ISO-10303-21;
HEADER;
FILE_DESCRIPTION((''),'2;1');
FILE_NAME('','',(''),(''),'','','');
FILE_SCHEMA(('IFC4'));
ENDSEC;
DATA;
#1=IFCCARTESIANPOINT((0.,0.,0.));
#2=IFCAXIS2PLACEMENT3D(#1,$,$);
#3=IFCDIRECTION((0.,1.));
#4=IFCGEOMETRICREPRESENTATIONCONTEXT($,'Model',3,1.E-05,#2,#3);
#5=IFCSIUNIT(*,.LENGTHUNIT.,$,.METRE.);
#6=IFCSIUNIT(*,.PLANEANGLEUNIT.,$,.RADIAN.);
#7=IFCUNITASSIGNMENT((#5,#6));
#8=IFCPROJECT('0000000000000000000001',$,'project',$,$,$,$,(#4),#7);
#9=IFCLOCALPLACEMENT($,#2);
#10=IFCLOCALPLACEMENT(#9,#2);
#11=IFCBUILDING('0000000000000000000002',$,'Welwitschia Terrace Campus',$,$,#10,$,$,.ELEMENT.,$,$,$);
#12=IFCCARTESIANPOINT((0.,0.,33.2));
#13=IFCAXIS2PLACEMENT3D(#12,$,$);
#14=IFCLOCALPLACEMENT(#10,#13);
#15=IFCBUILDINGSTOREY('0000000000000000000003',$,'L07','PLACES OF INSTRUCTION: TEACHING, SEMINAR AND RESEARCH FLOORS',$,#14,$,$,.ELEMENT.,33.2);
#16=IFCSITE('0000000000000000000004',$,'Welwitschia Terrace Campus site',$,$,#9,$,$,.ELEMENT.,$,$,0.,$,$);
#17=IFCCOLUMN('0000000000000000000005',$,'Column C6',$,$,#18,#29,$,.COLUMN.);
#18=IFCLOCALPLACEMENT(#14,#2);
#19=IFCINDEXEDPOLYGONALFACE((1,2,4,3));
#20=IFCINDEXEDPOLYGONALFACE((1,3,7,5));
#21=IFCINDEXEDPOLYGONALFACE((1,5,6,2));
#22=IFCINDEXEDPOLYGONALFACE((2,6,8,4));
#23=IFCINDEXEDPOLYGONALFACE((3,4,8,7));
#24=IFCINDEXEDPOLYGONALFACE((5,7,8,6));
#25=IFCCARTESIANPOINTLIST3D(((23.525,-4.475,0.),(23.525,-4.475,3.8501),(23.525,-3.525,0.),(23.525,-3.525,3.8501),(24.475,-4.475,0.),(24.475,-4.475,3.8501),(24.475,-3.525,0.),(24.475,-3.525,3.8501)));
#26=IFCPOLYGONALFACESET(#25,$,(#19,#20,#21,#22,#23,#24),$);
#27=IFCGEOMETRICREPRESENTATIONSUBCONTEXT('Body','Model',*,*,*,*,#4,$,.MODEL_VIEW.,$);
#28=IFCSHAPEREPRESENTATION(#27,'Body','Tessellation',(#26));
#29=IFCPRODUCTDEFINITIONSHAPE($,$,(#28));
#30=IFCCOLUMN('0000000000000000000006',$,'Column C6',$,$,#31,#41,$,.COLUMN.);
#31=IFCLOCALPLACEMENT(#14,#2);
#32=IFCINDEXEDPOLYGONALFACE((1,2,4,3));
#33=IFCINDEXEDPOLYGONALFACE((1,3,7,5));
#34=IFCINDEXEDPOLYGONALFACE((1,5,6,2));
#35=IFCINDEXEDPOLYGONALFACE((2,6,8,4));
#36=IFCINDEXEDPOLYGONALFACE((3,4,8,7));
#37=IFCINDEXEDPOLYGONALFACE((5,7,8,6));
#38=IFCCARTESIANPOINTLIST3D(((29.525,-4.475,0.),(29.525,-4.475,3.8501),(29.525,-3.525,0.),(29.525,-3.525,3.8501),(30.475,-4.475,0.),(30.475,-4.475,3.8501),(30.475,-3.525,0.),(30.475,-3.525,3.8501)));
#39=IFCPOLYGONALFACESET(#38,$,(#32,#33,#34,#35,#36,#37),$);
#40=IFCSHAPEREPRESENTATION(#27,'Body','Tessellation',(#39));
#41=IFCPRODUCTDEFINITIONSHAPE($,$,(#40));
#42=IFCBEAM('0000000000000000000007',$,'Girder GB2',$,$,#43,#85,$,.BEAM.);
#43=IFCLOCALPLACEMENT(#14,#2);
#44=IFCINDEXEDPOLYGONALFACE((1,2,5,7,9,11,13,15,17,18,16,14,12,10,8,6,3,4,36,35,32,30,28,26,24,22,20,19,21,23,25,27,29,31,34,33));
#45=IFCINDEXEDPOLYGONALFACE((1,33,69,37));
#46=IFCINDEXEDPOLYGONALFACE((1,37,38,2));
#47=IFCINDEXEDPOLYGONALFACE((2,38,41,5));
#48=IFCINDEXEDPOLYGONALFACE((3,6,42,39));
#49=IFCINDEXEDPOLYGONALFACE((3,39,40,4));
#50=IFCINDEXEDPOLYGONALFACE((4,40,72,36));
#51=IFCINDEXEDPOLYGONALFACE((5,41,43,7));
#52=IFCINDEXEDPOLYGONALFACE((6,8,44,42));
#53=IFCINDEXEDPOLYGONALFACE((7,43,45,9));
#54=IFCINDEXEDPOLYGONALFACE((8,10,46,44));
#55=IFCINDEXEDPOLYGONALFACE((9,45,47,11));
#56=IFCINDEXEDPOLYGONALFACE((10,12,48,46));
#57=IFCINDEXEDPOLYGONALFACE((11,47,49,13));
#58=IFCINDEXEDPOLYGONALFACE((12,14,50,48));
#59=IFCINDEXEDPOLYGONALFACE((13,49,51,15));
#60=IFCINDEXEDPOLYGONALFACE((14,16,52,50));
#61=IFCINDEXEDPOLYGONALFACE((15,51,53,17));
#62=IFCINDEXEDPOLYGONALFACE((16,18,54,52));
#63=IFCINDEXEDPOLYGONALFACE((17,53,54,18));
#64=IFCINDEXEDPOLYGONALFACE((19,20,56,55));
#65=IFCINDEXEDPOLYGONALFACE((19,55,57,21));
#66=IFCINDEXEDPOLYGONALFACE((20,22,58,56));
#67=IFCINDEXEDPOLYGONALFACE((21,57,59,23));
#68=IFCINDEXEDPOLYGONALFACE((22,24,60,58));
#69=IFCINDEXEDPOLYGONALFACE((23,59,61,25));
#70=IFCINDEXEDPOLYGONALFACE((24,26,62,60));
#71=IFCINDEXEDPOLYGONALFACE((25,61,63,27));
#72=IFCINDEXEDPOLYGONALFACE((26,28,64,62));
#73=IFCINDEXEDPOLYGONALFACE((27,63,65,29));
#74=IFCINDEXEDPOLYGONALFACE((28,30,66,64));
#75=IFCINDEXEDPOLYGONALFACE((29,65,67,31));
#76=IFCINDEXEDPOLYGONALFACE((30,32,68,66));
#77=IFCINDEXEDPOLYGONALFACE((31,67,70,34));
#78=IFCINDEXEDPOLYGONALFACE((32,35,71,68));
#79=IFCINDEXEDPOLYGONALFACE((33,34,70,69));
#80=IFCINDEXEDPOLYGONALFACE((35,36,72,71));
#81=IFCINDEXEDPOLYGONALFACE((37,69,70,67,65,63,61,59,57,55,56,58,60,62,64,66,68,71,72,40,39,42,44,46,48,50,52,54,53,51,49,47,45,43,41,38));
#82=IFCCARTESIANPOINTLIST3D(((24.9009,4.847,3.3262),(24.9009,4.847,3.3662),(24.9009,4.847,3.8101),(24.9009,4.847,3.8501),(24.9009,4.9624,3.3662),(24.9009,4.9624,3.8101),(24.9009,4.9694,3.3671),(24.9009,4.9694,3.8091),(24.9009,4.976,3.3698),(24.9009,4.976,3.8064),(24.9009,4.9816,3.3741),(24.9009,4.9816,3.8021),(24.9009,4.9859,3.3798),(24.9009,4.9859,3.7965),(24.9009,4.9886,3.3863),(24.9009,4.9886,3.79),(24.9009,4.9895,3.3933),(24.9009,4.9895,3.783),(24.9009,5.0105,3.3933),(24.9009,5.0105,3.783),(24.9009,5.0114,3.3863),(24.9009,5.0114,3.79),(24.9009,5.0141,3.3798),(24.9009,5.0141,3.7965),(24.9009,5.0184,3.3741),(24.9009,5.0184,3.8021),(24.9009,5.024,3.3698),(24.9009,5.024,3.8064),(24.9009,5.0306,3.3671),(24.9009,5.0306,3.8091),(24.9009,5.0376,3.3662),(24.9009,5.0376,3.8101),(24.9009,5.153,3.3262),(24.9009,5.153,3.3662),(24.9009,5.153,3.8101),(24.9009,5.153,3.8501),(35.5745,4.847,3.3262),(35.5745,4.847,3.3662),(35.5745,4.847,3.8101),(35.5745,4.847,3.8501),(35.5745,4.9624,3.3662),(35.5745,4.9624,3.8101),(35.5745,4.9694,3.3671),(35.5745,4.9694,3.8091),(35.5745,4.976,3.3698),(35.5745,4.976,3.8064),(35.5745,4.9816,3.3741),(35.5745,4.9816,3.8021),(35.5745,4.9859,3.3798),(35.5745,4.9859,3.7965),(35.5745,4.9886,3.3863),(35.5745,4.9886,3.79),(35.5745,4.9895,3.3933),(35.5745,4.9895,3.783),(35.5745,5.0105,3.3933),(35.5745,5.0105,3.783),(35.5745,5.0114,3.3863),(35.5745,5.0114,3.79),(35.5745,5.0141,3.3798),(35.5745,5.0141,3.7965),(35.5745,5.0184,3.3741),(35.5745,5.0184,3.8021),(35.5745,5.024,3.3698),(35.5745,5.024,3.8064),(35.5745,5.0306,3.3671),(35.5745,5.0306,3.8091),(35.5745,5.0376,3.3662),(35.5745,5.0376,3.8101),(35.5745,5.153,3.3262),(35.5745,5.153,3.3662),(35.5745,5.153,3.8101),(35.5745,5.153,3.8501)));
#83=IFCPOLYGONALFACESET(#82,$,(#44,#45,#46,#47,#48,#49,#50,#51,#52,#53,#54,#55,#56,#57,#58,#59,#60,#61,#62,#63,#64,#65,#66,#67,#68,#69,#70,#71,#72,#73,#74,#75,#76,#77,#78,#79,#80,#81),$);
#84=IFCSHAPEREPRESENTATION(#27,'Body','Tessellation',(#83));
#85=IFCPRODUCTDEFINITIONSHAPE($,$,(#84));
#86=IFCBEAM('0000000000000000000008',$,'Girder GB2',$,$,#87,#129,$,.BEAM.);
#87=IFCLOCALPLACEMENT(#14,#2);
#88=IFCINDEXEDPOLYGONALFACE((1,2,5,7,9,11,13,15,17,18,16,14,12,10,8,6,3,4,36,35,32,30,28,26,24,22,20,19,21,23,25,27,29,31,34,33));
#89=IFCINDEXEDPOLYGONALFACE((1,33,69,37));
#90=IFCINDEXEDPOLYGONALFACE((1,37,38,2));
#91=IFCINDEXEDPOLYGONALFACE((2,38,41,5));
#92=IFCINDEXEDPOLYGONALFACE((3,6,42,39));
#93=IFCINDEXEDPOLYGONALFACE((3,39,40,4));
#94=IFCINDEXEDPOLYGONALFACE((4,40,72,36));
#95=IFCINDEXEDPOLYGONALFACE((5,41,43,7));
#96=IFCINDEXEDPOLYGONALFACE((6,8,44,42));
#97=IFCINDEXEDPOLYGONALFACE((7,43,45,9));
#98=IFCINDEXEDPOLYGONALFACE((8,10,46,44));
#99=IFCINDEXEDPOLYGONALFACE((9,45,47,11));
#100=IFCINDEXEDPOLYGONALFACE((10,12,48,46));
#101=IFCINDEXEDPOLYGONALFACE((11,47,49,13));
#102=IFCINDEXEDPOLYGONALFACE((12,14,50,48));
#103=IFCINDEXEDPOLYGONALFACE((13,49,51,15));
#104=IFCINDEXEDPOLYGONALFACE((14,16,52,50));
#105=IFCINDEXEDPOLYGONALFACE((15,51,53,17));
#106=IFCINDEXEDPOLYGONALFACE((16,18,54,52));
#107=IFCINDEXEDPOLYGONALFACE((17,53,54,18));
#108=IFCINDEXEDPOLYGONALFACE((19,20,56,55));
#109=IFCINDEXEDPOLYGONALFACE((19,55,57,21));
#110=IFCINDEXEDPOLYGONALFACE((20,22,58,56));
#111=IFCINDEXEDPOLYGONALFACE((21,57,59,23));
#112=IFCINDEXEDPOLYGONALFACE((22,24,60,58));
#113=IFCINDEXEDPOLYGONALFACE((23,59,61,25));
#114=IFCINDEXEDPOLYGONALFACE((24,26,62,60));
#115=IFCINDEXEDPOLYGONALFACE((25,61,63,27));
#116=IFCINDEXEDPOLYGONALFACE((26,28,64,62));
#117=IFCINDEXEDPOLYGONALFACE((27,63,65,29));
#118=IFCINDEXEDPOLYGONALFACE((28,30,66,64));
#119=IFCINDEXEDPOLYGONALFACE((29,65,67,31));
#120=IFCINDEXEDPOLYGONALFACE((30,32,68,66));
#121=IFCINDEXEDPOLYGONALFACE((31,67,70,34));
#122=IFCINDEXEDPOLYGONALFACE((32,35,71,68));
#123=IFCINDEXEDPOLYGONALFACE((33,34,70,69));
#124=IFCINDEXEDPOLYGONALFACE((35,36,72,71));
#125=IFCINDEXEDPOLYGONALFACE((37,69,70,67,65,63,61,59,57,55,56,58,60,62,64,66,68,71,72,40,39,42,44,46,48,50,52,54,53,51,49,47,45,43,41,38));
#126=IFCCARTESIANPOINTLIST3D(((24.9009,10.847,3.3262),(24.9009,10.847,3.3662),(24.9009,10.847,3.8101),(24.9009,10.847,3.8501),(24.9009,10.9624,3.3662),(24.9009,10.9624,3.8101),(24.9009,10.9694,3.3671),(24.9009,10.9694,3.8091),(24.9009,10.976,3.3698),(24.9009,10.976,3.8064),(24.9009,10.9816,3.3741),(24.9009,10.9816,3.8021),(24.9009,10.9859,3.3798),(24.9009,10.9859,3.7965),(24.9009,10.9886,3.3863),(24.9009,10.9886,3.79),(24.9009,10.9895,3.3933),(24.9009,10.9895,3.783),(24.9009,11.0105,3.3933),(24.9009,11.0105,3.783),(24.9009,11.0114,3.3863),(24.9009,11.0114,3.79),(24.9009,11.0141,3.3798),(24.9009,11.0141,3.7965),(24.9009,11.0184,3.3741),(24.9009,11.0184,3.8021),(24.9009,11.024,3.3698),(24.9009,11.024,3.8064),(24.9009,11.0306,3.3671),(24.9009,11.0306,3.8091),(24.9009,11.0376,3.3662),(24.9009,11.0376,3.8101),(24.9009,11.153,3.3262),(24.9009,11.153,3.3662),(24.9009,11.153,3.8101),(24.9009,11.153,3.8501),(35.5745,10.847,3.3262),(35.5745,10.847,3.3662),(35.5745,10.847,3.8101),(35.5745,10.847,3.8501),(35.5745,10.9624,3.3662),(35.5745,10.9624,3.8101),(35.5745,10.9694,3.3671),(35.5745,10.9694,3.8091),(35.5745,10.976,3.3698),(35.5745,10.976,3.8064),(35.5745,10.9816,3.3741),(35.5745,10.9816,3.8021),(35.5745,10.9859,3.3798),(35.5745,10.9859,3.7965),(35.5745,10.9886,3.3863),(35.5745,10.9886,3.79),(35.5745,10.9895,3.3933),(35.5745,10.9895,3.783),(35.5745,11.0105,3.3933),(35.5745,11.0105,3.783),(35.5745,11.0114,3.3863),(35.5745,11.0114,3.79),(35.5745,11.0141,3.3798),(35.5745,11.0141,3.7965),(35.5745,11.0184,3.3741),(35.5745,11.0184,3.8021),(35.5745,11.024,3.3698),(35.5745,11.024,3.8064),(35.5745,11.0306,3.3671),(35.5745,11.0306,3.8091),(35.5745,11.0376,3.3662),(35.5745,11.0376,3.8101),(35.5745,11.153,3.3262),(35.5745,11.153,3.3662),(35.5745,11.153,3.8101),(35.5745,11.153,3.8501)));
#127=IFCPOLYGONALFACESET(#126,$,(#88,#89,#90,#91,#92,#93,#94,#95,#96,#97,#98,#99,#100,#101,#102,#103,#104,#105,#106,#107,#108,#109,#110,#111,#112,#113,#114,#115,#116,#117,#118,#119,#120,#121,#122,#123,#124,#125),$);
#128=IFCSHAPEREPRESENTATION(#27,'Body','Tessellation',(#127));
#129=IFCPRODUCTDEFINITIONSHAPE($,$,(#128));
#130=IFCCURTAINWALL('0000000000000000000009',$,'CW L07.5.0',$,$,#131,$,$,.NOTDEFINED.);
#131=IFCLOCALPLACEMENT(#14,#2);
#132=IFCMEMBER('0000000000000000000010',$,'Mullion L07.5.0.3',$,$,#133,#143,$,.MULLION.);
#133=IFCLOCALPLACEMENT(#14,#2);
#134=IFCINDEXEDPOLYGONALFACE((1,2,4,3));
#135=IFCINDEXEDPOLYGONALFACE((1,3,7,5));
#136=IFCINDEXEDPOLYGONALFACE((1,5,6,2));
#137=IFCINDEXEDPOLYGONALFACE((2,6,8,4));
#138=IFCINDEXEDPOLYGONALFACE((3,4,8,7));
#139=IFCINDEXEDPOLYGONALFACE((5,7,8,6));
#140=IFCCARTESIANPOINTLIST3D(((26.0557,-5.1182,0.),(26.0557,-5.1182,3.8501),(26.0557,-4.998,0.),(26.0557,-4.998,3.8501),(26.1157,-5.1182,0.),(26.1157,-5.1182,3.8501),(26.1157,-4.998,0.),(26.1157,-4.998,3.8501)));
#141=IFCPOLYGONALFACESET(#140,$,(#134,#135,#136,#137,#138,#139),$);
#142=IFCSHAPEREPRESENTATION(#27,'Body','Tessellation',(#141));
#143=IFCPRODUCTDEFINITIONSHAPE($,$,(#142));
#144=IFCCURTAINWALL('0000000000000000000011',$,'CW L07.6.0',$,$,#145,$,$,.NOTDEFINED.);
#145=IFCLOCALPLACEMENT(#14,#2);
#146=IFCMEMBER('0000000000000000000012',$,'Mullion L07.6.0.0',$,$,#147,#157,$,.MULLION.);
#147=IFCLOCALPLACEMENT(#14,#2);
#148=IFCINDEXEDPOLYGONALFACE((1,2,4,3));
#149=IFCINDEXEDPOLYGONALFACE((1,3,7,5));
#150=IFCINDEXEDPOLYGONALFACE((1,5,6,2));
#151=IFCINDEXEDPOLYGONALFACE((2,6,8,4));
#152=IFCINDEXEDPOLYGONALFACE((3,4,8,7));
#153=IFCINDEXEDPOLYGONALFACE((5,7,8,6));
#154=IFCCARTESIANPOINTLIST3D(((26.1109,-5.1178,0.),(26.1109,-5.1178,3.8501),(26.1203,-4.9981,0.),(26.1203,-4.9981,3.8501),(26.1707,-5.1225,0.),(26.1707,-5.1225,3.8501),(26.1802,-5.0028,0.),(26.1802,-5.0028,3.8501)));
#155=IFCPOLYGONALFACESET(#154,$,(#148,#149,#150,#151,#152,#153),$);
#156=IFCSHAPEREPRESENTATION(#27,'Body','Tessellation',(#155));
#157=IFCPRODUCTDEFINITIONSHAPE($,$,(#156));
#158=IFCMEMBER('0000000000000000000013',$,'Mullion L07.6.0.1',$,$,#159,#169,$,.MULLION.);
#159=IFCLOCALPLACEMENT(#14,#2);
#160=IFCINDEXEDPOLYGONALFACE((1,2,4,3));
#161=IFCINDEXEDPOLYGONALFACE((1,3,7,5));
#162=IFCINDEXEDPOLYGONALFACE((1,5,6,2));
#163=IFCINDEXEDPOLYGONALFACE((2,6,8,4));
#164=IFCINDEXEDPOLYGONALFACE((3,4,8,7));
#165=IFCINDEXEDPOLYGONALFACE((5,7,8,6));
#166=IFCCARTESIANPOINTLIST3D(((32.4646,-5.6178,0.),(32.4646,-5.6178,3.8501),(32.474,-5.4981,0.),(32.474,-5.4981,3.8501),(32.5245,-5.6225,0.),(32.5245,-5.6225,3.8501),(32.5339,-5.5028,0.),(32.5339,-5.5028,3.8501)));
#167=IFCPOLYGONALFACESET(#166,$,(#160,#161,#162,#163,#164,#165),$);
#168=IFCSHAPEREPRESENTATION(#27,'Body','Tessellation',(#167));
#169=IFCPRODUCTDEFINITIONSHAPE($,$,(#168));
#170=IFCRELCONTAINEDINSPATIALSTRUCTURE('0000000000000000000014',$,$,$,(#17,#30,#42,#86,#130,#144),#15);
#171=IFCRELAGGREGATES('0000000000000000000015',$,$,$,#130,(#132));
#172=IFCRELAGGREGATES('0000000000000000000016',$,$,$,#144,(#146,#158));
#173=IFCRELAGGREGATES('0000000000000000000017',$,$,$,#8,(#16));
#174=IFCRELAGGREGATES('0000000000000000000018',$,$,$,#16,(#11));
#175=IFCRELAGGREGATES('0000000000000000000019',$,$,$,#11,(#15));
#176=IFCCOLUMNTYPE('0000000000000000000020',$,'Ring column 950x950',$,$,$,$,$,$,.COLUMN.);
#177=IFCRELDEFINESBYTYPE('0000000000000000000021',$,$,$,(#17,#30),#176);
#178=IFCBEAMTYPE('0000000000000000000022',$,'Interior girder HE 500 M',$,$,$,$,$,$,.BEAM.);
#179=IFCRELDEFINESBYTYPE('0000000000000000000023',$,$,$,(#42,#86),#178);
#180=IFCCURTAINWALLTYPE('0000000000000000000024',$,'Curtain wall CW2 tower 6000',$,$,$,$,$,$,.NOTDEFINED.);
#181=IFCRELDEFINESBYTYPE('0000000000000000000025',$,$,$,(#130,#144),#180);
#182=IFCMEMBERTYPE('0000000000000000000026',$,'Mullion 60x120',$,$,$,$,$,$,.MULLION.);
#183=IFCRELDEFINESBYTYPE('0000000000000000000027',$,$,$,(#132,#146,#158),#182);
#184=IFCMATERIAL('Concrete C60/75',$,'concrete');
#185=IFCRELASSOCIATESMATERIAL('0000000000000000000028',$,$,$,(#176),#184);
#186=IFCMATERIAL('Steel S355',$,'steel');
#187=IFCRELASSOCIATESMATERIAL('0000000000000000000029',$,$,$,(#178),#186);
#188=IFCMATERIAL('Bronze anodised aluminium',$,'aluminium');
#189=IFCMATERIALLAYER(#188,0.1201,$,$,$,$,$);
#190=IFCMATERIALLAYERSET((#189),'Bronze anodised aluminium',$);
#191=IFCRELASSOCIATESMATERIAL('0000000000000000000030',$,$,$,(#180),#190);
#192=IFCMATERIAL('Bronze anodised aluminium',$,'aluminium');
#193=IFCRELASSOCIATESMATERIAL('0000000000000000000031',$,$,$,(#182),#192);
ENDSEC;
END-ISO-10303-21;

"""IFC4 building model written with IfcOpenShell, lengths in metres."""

from ifc_helpers import new_model, si_unit, direction, frame, origin, origin_2d, place, context, subcontext, project, spatial, rectangle, i_section, extrude, material, layer, layer_set, material_profile, profile_set, type_object, element, aggregate, save


model = new_model("IFC4")

# Units and contexts
model_context = context("Model", 3, precision=1e-05, world=origin(), true_north=direction((0.0, 1.0)))
body_context = subcontext(model_context, "Body", "Model", "MODEL_VIEW")
ifc_project = project(units=[si_unit("LENGTHUNIT", "METRE"), si_unit("PLANEANGLEUNIT", "RADIAN")], contexts=[model_context])

# Site, building, storey
site_placement = place(None, origin())
site = spatial("IfcSite", under=ifc_project, at=site_placement, Name="Welwitschia Terrace Campus site", CompositionType="ELEMENT", RefElevation=0.0)
building_placement = place(site_placement, origin())
building = spatial("IfcBuilding", under=site, at=building_placement, Name="Welwitschia Terrace Campus", CompositionType="ELEMENT")
storey_placement = place(building_placement, frame((0.0, 0.0, 33.2)))
storey = spatial("IfcBuildingStorey", under=building, at=storey_placement, Name="L07", Description="PLACES OF INSTRUCTION: TEACHING, SEMINAR AND RESEARCH FLOORS", CompositionType="ELEMENT", Elevation=33.2)

# Columns
ifc_material_1 = material(Name="Concrete C60/75", Category="concrete")
ifc_material_profile_1 = material_profile(ifc_material_1, rectangle(XDim=0.95, YDim=0.95, at=origin_2d()))
ifc_profile_set_1 = profile_set([ifc_material_profile_1], Name="Concrete C60/75")
column_type = type_object("IfcColumnType", Name="Ring column 950x950", PredefinedType="COLUMN", material=ifc_profile_set_1)
for number, where, z_axis, x_axis, name in (
    (1, (24.0, -4.0, 0.0), (0.0, 0.0, 1.0), (1.0, 0.0, 0.0), "Column C6"),
    (2, (30.0, -4.0, 0.0), (0.0, 0.0, 1.0), (1.0, 0.0, 0.0), "Column C6"),
):
    element("IfcColumn", number, at=place(storey_placement, frame(where, z_axis=z_axis, x_axis=x_axis)), inside=storey, type_object=column_type, Name=name, PredefinedType="COLUMN", context=body_context, shape_type="SweptSolid", body=[
        extrude(rectangle(XDim=0.95, YDim=0.95, at=origin_2d()), origin(), (0.0, 0.0, 1.0), 3.8501),
    ])

# Beams
ifc_material_2 = material(Name="Steel S355", Category="steel")
ifc_material_profile_2 = material_profile(ifc_material_2, i_section(OverallWidth=0.3059, OverallDepth=0.5239, WebThickness=0.021, FlangeThickness=0.04, FilletRadius=0.0271, at=origin_2d()))
ifc_profile_set_2 = profile_set([ifc_material_profile_2], Name="Steel S355")
beam_type_1 = type_object("IfcBeamType", Name="Interior girder HE 500 M", PredefinedType="BEAM", material=ifc_profile_set_2)
for number, where, z_axis, x_axis, name in (
    (3, (24.9009, 5.0, 3.5881), (1.0, 0.0, 0.0), (0.0, 1.0, 0.0), "Girder GB2"),
    (4, (24.9009, 11.0, 3.5881), (1.0, 0.0, 0.0), (0.0, 1.0, 0.0), "Girder GB2"),
):
    element("IfcBeam", number, at=place(storey_placement, frame(where, z_axis=z_axis, x_axis=x_axis)), inside=storey, type_object=beam_type_1, Name=name, PredefinedType="BEAM", context=body_context, shape_type="SweptSolid", body=[
        extrude(i_section(OverallWidth=0.3059, OverallDepth=0.5239, WebThickness=0.021, FlangeThickness=0.04, FilletRadius=0.0271, at=origin_2d()), origin(), (0.0, 0.0, 1.0), 10.6736),
    ])

# Curtain wall, member
ifc_material_3 = material(Name="Bronze anodised aluminium", Category="aluminium")
ifc_layer_1 = layer(ifc_material_3, 0.1201)
ifc_layer_set_1 = layer_set([ifc_layer_1], Name="Bronze anodised aluminium")
curtain_wall_type = type_object("IfcCurtainWallType", Name="Curtain wall CW2 tower 6000", PredefinedType="NOTDEFINED", material=ifc_layer_set_1)
curtain_wall_1_placement = place(storey_placement, origin())
curtain_wall_1 = element("IfcCurtainWall", 5, at=curtain_wall_1_placement, inside=storey, type_object=curtain_wall_type, Name="CW L07.5.0", PredefinedType="NOTDEFINED")
ifc_material_4 = material(Name="Bronze anodised aluminium", Category="aluminium")
ifc_material_profile_3 = material_profile(ifc_material_4, rectangle(XDim=0.1201, YDim=0.0601, at=origin_2d()))
ifc_profile_set_3 = profile_set([ifc_material_profile_3], Name="Bronze anodised aluminium")
member_type_1 = type_object("IfcMemberType", Name="Mullion 60x120", PredefinedType="MULLION", material=ifc_profile_set_3)
member_1_placement = place(storey_placement, frame((26.0857, -5.0581, 0.0), z_axis=(0.0, 0.0, 1.0), x_axis=(0.0, 1.0, 0.0)))
member_1 = element("IfcMember", 6, at=member_1_placement, type_object=member_type_1, Name="Mullion L07.5.0.3", PredefinedType="MULLION", context=body_context, shape_type="SweptSolid", body=[
    extrude(rectangle(XDim=0.1201, YDim=0.0601, at=origin_2d()), origin(), (0.0, 0.0, 1.0), 3.8501),
])
aggregate(curtain_wall_1, [member_1])

# Curtain wall, members
curtain_wall_2_placement = place(storey_placement, origin())
curtain_wall_2 = element("IfcCurtainWall", 7, at=curtain_wall_2_placement, inside=storey, type_object=curtain_wall_type, Name="CW L07.6.0", PredefinedType="NOTDEFINED")
member_2_placement = place(storey_placement, frame((26.1455, -5.0603, 0.0), z_axis=(0.0, 0.0, 1.0), x_axis=(0.078459, 0.996917, 0.0)))
member_2 = element("IfcMember", 8, at=member_2_placement, type_object=member_type_1, Name="Mullion L07.6.0.0", PredefinedType="MULLION", context=body_context, shape_type="SweptSolid", body=[
    extrude(rectangle(XDim=0.1201, YDim=0.0601, at=origin_2d()), origin(), (0.0, 0.0, 1.0), 3.8501),
])
member_3_placement = place(storey_placement, frame((32.4993, -5.5603, 0.0), z_axis=(0.0, 0.0, 1.0), x_axis=(0.078459, 0.996917, 0.0)))
member_3 = element("IfcMember", 9, at=member_3_placement, type_object=member_type_1, Name="Mullion L07.6.0.1", PredefinedType="MULLION", context=body_context, shape_type="SweptSolid", body=[
    extrude(rectangle(XDim=0.1201, YDim=0.0601, at=origin_2d()), origin(), (0.0, 0.0, 1.0), 3.8501),
])

aggregate(curtain_wall_2, [member_2, member_3])

save(model, "model.ifc")
